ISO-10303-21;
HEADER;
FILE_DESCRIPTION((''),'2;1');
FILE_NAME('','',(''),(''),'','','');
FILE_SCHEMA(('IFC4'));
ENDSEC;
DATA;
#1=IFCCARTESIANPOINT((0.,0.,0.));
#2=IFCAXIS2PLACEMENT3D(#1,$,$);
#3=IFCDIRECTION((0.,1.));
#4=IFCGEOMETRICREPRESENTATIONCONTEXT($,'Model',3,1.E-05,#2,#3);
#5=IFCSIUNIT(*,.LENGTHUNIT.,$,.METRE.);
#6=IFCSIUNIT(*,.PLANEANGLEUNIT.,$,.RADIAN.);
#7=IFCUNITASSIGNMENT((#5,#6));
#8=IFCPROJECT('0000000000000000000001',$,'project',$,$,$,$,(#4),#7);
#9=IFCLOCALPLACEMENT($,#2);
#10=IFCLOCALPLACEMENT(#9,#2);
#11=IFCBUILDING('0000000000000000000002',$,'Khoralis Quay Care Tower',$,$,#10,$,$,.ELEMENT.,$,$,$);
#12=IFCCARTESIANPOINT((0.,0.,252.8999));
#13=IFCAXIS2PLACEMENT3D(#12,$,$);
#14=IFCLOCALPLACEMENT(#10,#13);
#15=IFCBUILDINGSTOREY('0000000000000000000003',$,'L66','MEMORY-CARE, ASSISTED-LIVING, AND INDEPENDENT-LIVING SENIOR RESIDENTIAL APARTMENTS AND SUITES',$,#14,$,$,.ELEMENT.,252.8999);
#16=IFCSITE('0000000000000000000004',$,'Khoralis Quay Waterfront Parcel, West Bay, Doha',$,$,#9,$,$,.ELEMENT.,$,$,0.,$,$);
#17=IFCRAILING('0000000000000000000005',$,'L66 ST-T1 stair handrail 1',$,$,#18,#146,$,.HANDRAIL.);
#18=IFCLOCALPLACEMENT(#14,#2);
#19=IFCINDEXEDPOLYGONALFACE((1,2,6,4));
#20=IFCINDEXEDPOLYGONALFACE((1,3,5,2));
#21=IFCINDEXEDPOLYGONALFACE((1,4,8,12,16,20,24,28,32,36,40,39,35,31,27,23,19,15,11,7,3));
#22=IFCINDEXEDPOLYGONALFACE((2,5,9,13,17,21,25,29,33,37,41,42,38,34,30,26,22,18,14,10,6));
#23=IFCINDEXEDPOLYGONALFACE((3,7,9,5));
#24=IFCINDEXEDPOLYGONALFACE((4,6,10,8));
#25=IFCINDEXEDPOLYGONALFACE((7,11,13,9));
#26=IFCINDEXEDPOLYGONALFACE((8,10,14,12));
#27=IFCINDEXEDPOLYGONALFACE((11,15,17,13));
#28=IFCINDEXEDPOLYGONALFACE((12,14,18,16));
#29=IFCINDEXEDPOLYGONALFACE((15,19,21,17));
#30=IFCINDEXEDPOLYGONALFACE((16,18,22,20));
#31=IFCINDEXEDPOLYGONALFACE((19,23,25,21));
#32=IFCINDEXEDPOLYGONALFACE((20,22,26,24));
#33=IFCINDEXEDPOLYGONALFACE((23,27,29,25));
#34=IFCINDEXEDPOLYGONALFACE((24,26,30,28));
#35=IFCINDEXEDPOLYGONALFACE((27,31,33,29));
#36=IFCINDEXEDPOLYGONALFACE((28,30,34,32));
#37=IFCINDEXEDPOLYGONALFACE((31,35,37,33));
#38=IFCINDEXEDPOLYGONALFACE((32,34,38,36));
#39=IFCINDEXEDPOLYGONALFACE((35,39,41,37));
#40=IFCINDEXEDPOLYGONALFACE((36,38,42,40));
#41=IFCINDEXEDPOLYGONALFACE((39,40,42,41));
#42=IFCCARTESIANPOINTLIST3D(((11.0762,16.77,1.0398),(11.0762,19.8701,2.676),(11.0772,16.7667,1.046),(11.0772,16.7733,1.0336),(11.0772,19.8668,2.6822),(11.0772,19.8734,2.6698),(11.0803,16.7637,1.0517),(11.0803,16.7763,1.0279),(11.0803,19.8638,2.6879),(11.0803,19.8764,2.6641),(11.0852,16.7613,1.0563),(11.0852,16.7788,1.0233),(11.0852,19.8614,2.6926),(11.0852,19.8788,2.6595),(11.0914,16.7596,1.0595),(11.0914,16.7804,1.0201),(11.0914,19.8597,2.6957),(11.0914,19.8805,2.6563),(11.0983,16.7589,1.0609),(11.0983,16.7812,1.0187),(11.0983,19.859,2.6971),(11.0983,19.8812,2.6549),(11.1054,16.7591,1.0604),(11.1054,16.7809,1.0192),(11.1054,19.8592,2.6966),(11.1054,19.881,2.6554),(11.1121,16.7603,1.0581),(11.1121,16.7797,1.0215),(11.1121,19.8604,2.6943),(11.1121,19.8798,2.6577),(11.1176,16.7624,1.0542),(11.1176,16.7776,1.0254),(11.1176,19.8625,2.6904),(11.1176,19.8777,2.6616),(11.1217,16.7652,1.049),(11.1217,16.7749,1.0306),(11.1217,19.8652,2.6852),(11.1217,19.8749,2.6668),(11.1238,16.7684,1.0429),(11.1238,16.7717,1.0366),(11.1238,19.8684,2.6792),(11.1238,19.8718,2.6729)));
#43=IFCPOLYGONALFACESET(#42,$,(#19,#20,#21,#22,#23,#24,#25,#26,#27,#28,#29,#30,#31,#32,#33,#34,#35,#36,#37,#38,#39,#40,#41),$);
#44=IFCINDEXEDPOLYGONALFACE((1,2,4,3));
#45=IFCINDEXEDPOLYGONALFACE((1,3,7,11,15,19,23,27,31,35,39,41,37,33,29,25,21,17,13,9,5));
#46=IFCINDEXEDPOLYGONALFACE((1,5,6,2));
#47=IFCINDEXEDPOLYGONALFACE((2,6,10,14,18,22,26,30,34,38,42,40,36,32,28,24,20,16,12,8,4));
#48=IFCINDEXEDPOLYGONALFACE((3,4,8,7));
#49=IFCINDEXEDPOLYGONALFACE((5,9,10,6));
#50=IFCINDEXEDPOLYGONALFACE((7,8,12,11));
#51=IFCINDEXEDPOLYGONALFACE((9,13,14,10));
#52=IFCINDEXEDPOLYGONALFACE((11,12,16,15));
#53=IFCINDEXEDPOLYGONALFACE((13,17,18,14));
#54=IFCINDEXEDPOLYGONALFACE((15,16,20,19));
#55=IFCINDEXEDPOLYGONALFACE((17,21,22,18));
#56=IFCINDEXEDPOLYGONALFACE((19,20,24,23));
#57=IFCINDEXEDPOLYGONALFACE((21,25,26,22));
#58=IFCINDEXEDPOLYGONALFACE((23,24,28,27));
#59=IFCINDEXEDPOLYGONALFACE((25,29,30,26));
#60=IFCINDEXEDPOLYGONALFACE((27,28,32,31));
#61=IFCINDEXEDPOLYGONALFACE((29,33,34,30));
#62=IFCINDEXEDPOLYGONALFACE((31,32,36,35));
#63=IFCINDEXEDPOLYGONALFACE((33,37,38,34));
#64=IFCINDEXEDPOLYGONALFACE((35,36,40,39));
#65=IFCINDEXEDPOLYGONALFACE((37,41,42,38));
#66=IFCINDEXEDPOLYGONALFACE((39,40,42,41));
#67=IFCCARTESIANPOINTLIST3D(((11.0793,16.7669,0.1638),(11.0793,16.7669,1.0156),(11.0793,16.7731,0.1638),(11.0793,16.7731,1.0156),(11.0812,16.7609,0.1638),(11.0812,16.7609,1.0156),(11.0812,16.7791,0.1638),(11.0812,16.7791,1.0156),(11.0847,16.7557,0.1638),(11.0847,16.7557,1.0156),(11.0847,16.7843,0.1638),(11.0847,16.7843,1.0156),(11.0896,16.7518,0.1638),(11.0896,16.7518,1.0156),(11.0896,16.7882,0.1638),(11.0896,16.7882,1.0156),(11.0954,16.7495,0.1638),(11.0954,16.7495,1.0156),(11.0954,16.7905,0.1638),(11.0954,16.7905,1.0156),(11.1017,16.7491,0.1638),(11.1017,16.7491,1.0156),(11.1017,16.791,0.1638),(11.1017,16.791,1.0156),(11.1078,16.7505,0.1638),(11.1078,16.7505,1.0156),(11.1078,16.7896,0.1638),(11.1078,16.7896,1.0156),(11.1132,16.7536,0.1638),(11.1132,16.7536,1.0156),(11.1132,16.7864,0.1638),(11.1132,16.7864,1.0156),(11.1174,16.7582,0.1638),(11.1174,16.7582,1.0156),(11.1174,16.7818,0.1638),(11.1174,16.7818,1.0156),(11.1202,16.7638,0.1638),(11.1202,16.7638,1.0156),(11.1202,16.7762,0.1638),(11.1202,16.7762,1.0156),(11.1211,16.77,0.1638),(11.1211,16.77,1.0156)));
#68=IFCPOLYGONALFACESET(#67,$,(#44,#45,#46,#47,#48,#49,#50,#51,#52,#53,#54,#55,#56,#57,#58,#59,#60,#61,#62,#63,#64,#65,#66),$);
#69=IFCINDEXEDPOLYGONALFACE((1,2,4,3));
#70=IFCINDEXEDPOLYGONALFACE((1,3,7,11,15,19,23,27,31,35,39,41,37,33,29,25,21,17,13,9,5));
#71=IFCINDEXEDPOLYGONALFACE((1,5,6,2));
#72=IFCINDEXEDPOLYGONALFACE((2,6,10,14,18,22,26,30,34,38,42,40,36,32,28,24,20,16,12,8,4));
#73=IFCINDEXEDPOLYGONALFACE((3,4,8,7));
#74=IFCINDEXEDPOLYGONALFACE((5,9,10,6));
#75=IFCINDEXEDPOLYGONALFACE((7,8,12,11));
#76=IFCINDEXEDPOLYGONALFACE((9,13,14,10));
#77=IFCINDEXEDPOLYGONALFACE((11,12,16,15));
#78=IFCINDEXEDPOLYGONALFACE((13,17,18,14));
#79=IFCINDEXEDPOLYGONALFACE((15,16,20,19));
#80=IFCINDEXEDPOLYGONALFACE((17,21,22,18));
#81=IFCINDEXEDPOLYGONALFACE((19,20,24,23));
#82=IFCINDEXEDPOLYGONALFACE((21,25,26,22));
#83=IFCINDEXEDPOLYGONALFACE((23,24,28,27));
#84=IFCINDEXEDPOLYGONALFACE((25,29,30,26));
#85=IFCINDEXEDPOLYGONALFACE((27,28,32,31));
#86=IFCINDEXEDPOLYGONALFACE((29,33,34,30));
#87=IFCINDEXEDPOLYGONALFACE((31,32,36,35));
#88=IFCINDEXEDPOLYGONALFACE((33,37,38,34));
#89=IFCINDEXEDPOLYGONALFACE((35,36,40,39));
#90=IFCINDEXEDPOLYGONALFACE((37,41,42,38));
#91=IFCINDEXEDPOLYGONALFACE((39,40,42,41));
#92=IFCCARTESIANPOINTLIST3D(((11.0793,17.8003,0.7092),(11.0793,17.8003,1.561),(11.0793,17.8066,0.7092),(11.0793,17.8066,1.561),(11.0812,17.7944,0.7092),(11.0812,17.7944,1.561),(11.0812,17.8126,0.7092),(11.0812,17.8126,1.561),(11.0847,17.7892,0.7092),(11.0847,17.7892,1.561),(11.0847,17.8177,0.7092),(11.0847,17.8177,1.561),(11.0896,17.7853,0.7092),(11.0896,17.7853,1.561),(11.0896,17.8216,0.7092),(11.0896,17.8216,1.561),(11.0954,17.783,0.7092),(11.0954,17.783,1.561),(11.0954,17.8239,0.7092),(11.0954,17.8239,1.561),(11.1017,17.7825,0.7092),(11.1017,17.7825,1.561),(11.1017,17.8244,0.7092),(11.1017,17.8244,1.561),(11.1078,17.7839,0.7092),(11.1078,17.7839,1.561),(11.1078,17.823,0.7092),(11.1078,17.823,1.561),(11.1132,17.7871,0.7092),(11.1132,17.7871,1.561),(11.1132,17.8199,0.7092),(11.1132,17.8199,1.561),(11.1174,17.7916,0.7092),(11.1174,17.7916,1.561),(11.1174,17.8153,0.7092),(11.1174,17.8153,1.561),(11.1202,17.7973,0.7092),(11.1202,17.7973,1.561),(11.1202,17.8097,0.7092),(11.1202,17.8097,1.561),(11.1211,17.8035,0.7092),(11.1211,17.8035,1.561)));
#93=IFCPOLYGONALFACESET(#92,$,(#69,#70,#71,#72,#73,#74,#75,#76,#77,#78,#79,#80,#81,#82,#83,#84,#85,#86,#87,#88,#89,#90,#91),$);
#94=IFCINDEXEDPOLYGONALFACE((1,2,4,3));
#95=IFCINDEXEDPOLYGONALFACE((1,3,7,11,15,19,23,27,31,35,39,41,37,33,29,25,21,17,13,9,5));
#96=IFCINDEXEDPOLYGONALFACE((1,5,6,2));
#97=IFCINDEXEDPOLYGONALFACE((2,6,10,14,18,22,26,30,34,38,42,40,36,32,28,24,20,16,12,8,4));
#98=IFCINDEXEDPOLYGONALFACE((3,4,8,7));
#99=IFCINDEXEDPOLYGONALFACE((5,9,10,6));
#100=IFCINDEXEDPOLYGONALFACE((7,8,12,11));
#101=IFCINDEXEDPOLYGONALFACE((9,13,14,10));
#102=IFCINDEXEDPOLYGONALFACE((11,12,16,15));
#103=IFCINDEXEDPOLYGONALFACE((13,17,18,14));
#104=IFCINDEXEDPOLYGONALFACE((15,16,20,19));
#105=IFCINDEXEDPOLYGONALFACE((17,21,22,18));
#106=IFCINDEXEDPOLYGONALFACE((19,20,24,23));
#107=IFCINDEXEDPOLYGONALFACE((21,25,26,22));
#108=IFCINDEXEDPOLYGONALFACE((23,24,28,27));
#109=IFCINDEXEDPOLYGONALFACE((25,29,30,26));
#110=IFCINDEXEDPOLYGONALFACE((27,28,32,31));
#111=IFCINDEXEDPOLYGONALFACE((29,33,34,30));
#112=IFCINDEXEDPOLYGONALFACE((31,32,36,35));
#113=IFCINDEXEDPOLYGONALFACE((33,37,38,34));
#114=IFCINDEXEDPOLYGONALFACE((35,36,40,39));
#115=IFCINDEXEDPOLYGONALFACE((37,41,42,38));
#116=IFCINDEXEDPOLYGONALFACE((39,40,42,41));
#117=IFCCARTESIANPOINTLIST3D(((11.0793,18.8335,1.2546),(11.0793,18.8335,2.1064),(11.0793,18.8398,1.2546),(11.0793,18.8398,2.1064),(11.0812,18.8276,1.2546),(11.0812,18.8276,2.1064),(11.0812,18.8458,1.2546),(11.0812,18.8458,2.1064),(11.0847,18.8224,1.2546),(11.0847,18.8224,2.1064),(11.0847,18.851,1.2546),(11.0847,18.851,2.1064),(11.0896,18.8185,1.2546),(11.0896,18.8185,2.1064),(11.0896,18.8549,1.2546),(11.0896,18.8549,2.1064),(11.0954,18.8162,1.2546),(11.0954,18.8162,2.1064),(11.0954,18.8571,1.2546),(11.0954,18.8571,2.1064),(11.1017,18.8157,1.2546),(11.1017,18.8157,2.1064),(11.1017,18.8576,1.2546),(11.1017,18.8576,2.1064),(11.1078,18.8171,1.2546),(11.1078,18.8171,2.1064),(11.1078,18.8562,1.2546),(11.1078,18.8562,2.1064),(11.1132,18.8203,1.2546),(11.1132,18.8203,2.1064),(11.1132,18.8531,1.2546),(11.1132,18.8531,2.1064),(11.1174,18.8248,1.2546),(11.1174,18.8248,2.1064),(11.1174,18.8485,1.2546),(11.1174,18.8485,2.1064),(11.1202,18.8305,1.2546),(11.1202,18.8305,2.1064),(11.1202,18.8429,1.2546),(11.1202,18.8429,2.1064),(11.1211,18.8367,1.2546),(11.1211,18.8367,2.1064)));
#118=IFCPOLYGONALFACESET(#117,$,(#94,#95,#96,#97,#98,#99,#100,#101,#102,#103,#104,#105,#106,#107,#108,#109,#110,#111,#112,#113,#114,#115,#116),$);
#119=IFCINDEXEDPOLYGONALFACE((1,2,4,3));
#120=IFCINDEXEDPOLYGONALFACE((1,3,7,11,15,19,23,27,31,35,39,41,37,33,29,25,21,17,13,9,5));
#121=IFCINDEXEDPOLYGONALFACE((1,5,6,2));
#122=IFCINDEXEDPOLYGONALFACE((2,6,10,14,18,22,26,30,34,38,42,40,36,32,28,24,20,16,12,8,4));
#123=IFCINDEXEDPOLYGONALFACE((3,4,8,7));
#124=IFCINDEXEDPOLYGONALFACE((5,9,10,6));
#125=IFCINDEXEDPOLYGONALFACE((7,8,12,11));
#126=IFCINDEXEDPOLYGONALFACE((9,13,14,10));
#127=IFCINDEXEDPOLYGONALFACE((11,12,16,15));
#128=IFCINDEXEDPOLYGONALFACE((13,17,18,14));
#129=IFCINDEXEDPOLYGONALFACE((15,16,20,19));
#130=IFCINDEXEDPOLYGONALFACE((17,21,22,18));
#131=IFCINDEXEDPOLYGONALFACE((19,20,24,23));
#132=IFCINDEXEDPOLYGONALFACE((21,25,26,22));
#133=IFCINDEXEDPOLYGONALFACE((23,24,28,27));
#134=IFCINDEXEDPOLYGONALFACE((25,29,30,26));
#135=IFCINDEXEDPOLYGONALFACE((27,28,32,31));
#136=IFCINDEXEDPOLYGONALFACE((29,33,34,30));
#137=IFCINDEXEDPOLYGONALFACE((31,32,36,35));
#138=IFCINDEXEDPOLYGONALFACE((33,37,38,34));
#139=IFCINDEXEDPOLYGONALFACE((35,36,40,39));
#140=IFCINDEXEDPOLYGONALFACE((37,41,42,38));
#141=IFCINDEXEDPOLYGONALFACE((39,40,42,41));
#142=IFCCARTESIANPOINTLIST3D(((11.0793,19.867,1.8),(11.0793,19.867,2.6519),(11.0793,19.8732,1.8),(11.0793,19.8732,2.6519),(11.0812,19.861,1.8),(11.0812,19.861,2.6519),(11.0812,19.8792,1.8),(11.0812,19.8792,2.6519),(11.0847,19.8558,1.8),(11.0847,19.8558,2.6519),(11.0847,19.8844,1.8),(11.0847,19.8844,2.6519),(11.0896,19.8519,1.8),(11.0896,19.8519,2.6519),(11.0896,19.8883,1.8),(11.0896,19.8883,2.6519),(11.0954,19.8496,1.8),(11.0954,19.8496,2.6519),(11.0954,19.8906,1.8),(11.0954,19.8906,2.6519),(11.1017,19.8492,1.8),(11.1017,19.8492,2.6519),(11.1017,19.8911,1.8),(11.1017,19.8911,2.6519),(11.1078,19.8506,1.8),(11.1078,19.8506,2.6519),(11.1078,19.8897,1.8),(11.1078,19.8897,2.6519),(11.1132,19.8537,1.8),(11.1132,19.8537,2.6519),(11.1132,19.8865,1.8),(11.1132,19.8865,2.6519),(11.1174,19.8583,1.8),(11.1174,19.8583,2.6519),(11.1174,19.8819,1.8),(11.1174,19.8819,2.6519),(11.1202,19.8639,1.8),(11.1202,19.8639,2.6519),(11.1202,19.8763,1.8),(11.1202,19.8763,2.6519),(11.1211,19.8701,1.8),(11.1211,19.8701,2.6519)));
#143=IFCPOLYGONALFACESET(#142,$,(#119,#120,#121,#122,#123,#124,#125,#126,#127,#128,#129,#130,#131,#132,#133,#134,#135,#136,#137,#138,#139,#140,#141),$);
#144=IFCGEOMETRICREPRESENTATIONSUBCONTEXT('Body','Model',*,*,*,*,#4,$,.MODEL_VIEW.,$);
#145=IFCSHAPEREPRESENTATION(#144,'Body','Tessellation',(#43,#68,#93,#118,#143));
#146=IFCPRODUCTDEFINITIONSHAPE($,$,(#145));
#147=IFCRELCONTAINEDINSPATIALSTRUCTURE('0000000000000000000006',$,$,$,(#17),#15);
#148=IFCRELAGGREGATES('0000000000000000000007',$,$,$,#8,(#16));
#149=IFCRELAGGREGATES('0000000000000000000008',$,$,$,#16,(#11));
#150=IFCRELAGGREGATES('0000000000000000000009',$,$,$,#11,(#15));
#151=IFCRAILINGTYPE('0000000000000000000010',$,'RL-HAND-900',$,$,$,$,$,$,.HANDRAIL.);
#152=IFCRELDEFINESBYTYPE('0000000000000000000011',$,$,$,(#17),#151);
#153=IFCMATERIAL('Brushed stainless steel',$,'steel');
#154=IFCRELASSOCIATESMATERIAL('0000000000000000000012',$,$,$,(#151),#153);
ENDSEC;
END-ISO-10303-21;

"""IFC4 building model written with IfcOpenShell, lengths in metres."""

from ifc_helpers import new_model, si_unit, direction, frame, origin, origin_2d, place, context, subcontext, project, spatial, circle, extrude, material, type_object, element, save


model = new_model("IFC4")

# Units and contexts
model_context = context("Model", 3, precision=1e-05, world=origin(), true_north=direction((0.0, 1.0)))
body_context = subcontext(model_context, "Body", "Model", "MODEL_VIEW")
ifc_project = project(units=[si_unit("LENGTHUNIT", "METRE"), si_unit("PLANEANGLEUNIT", "RADIAN")], contexts=[model_context])

# Site, building, storey
site_placement = place(None, origin())
site = spatial("IfcSite", under=ifc_project, at=site_placement, Name="Khoralis Quay Waterfront Parcel, West Bay, Doha", CompositionType="ELEMENT", RefElevation=0.0)
building_placement = place(site_placement, origin())
building = spatial("IfcBuilding", under=site, at=building_placement, Name="Khoralis Quay Care Tower", CompositionType="ELEMENT")
storey_placement = place(building_placement, frame((0.0, 0.0, 252.8999)))
storey = spatial("IfcBuildingStorey", under=building, at=storey_placement, Name="L66", Description="MEMORY-CARE, ASSISTED-LIVING, AND INDEPENDENT-LIVING SENIOR RESIDENTIAL APARTMENTS AND SUITES", CompositionType="ELEMENT", Elevation=252.8999)

# Railing
ifc_material_1 = material(Name="Brushed stainless steel", Category="steel")
railing_type_1 = type_object("IfcRailingType", Name="RL-HAND-900", PredefinedType="HANDRAIL", material=ifc_material_1)
railing_1_placement = place(storey_placement, frame((11.1001, 16.77, 0.1638)))
element("IfcRailing", 1, at=railing_1_placement, inside=storey, type_object=railing_type_1, Name="L66 ST-T1 stair handrail 1", PredefinedType="HANDRAIL", context=body_context, shape_type="SweptSolid", body=[
    extrude(circle(Radius=0.0239, at=origin_2d()), frame((0.0, 0.0, 0.876), z_axis=(0.0, 0.884377, 0.466774), x_axis=(-1.0, 0.0, 0.0)), (0.0, 0.0, 1.0), 3.5054),
    extrude(circle(Radius=0.021, at=origin_2d()), origin(), (0.0, 0.0, 1.0), 0.8518),
    extrude(circle(Radius=0.021, at=origin_2d()), frame((0.0, 1.0334, 0.5454)), (0.0, 0.0, 1.0), 0.8518),
    extrude(circle(Radius=0.021, at=origin_2d()), frame((0.0, 2.0667, 1.0908)), (0.0, 0.0, 1.0), 0.8518),
    extrude(circle(Radius=0.021, at=origin_2d()), frame((0.0, 3.1001, 1.6362)), (0.0, 0.0, 1.0), 0.8518),
])

save(model, "model.ifc")
